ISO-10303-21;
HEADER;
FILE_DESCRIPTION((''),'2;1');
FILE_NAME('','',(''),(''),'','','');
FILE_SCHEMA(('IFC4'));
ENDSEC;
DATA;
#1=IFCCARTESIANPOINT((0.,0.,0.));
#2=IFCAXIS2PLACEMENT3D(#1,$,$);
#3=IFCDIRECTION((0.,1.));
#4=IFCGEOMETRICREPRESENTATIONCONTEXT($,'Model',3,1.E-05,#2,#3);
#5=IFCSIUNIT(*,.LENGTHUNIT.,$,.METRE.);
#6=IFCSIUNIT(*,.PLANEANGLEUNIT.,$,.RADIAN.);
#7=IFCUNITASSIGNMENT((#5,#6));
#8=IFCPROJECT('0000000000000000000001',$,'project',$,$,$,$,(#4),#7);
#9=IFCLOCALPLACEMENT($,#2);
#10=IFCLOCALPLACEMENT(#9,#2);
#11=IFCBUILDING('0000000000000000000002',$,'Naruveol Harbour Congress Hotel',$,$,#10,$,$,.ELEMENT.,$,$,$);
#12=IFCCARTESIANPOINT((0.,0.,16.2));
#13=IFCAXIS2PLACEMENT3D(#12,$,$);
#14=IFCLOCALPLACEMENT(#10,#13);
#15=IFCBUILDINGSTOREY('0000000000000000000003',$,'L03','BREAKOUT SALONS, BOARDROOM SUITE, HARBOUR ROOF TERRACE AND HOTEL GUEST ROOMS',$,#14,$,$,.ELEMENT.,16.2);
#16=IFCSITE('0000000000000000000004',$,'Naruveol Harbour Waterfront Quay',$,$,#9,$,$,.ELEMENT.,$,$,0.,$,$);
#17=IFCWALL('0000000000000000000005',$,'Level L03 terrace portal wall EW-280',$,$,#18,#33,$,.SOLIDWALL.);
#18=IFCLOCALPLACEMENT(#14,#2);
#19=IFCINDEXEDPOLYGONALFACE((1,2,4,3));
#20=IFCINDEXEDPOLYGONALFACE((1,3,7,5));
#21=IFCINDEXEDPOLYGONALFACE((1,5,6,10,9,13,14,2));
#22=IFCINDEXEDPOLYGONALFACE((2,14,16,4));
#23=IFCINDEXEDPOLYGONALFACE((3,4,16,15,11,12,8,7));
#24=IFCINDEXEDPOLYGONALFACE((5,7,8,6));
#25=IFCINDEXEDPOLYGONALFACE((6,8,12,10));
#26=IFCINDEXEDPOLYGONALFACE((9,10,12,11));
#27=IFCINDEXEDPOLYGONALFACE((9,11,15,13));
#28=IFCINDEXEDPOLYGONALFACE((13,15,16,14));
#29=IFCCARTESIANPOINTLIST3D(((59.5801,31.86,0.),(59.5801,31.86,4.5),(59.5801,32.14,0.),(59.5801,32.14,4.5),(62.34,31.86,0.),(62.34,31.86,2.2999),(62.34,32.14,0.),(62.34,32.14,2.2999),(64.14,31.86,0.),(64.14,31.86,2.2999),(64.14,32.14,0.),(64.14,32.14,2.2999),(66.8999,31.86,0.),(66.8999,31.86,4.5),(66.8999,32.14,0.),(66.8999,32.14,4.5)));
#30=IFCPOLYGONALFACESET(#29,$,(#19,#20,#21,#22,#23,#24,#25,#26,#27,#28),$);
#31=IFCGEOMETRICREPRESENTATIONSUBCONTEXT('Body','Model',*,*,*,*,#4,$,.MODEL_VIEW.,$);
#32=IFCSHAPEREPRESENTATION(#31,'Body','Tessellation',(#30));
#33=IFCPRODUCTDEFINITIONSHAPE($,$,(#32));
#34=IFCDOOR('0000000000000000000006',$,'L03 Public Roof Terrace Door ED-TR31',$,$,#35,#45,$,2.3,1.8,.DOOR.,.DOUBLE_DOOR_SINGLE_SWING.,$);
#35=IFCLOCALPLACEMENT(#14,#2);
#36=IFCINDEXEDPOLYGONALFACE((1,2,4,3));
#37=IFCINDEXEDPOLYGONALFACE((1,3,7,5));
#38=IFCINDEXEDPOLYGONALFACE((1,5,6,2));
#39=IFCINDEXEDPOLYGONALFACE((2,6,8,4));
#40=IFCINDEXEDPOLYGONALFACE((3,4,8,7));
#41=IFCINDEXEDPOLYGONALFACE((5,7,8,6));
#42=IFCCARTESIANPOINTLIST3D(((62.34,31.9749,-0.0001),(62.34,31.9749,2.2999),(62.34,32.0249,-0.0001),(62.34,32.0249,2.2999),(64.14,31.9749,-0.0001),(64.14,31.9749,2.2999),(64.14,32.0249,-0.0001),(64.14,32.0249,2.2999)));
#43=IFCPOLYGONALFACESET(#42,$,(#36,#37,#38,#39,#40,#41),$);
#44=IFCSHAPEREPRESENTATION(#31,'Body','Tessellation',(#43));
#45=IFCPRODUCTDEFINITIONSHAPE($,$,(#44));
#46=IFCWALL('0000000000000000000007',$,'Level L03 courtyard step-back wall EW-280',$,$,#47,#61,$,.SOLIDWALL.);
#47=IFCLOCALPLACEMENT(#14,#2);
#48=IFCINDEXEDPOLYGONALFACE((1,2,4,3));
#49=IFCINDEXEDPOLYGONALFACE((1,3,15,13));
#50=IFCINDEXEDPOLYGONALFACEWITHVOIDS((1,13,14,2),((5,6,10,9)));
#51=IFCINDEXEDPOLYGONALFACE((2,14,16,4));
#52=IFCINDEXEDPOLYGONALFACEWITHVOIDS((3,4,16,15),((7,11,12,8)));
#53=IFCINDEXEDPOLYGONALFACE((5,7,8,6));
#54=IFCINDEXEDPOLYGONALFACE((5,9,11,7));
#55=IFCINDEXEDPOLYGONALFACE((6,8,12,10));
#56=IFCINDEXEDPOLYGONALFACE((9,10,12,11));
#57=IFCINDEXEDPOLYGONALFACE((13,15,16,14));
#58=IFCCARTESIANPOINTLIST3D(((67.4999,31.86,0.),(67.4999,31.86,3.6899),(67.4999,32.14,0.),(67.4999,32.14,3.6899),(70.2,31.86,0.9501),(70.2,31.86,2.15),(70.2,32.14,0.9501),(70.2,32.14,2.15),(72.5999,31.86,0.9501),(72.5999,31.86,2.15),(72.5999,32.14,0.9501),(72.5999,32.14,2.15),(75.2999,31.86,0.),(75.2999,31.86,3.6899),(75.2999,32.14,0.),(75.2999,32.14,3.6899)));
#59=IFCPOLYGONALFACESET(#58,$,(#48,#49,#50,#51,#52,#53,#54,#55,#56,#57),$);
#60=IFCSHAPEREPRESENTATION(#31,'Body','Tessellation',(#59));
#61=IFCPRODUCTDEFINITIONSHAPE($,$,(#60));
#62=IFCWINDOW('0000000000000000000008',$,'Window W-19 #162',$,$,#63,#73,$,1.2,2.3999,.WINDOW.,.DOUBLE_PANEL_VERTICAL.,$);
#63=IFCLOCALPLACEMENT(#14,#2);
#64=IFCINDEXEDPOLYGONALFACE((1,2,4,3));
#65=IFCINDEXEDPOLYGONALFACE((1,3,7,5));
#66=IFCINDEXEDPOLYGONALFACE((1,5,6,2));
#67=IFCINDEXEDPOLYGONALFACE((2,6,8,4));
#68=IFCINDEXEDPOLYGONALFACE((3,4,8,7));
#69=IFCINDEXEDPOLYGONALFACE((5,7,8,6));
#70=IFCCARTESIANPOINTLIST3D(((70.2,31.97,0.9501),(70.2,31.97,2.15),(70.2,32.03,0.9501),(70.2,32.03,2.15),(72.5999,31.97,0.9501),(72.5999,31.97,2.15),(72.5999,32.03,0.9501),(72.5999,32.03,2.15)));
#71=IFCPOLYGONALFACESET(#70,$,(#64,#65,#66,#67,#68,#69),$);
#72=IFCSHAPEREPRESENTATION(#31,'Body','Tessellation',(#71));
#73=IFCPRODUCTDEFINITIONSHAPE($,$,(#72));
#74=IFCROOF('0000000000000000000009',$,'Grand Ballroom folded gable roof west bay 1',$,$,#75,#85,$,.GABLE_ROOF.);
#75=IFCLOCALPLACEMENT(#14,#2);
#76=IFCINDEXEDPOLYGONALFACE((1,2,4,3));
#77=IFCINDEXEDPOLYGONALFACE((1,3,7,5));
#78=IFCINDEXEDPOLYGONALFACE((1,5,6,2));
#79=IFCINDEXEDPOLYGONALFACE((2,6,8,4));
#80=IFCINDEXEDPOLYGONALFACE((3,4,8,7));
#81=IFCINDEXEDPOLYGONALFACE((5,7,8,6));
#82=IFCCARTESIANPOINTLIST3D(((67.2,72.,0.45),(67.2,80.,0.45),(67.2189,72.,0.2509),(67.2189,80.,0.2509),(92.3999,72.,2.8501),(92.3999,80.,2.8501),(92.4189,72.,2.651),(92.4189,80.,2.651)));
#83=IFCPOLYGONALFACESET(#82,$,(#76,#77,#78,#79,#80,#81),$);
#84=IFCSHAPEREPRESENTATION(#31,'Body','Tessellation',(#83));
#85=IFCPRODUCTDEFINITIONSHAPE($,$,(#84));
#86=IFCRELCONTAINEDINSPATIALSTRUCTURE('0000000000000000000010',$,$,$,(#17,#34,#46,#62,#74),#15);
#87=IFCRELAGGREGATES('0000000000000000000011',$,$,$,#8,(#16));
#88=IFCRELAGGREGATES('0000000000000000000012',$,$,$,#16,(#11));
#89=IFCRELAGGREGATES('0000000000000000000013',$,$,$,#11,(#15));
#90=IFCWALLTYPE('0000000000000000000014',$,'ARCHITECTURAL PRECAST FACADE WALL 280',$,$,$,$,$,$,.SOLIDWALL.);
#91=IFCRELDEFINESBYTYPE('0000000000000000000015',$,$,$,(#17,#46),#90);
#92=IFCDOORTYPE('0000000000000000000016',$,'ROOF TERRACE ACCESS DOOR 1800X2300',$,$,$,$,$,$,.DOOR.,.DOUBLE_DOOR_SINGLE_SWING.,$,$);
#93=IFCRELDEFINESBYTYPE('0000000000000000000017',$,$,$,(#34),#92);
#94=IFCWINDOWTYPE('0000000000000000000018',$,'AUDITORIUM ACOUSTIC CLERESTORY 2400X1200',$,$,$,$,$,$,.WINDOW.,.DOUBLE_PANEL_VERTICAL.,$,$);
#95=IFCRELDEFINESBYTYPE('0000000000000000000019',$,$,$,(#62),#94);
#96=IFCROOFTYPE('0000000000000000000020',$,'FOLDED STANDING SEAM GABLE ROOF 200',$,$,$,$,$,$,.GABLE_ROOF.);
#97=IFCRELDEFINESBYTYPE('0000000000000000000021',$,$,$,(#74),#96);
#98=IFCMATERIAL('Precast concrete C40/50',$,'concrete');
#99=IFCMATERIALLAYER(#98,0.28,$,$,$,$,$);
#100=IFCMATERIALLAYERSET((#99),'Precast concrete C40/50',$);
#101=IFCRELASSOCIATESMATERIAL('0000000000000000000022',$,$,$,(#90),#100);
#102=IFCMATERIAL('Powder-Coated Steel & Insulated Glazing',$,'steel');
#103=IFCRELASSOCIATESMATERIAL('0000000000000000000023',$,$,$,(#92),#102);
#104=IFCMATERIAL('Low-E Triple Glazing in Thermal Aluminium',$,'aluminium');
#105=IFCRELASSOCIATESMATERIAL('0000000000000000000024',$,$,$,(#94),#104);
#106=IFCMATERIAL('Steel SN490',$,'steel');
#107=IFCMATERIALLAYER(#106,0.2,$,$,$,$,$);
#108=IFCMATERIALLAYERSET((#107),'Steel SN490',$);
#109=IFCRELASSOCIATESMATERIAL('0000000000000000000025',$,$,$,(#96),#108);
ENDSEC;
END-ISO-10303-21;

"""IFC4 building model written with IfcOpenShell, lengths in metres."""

from ifc_helpers import new_model, si_unit, direction, frame, frame_2d, origin, place, context, subcontext, project, spatial, polyline, rectangle, outline, extrude, material, layer, layer_set, type_object, element, fill, save


model = new_model("IFC4")

# Units and contexts
model_context = context("Model", 3, precision=1e-05, world=origin(), true_north=direction((0.0, 1.0)))
body_context = subcontext(model_context, "Body", "Model", "MODEL_VIEW")
ifc_project = project(units=[si_unit("LENGTHUNIT", "METRE"), si_unit("PLANEANGLEUNIT", "RADIAN")], contexts=[model_context])

# Site, building, storey
site_placement = place(None, origin())
site = spatial("IfcSite", under=ifc_project, at=site_placement, Name="Naruveol Harbour Waterfront Quay", CompositionType="ELEMENT", RefElevation=0.0)
building_placement = place(site_placement, origin())
building = spatial("IfcBuilding", under=site, at=building_placement, Name="Naruveol Harbour Congress Hotel", CompositionType="ELEMENT")
storey_placement = place(building_placement, frame((0.0, 0.0, 16.2)))
storey = spatial("IfcBuildingStorey", under=building, at=storey_placement, Name="L03", Description="BREAKOUT SALONS, BOARDROOM SUITE, HARBOUR ROOF TERRACE AND HOTEL GUEST ROOMS", CompositionType="ELEMENT", Elevation=16.2)

# Wall, opening, door
ifc_material_1 = material(Name="Precast concrete C40/50", Category="concrete")
ifc_layer_1 = layer(ifc_material_1, 0.28)
ifc_layer_set_1 = layer_set([ifc_layer_1], Name="Precast concrete C40/50")
wall_type = type_object("IfcWallType", Name="ARCHITECTURAL PRECAST FACADE WALL 280", PredefinedType="SOLIDWALL", material=ifc_layer_set_1)
wall_1_placement = place(storey_placement, frame((59.5801, 32.0, 0.0), z_axis=(0.0, 0.0, 1.0), x_axis=(1.0, 0.0, 0.0)))
wall_1 = element("IfcWall", 1, at=wall_1_placement, inside=storey, type_object=wall_type, Name="Level L03 terrace portal wall EW-280", PredefinedType="SOLIDWALL", context=body_context, shape_type="SweptSolid", body=[
    extrude(rectangle(XDim=7.3198, YDim=0.28, at=frame_2d((3.6599, 0.0))), origin(), (0.0, 0.0, 1.0), 4.5),
])
opening_1_placement = place(wall_1_placement, frame((2.76, 0.0, 0.0)))
opening_1 = element("IfcOpeningElement", 2, at=opening_1_placement, cuts=wall_1, PredefinedType="OPENING", context=body_context, shape_type="SweptSolid", body=[
    extrude(rectangle(XDim=1.8, YDim=2.3, at=frame_2d((0.8999, 1.1499))), frame((0.0, 0.1499, 0.0), z_axis=(0.0, -1.0, 0.0), x_axis=(1.0, 0.0, 0.0)), (0.0, 0.0, 1.0), 0.3),
])
ifc_material_2 = material(Name="Powder-Coated Steel & Insulated Glazing", Category="steel")
door_type = type_object("IfcDoorType", Name="ROOF TERRACE ACCESS DOOR 1800X2300", OperationType="DOUBLE_DOOR_SINGLE_SWING", PredefinedType="DOOR", material=ifc_material_2)
door_placement = place(opening_1_placement, origin())
door = element("IfcDoor", 3, at=door_placement, inside=storey, type_object=door_type, Name="L03 Public Roof Terrace Door ED-TR31", OperationType="DOUBLE_DOOR_SINGLE_SWING", OverallHeight=2.3, OverallWidth=1.8, PredefinedType="DOOR", context=body_context, shape_type="SweptSolid", body=[
    extrude(rectangle(XDim=1.8, YDim=2.3, at=frame_2d((0.8999, 1.1499))), frame((0.0, 0.0249, 0.0), z_axis=(0.0, -1.0, 0.0), x_axis=(1.0, 0.0, 0.0)), (0.0, 0.0, 1.0), 0.05),
])
fill(opening_1, door)

# Wall, opening, window
wall_2_placement = place(storey_placement, frame((67.5, 32.0, 0.0), z_axis=(0.0, 0.0, 1.0), x_axis=(1.0, 0.0, 0.0)))
wall_2 = element("IfcWall", 4, at=wall_2_placement, inside=storey, type_object=wall_type, Name="Level L03 courtyard step-back wall EW-280", PredefinedType="SOLIDWALL", context=body_context, shape_type="SweptSolid", body=[
    extrude(rectangle(XDim=7.8, YDim=0.28, at=frame_2d((3.8999, 0.0))), origin(), (0.0, 0.0, 1.0), 3.6899),
])
opening_2_placement = place(wall_2_placement, frame((2.7, 0.0, 0.95)))
opening_2 = element("IfcOpeningElement", 5, at=opening_2_placement, cuts=wall_2, PredefinedType="OPENING", context=body_context, shape_type="SweptSolid", body=[
    extrude(rectangle(XDim=2.3999, YDim=1.2, at=frame_2d((1.2, 0.6001))), frame((0.0, 0.1499, 0.0), z_axis=(0.0, -1.0, 0.0), x_axis=(1.0, 0.0, 0.0)), (0.0, 0.0, 1.0), 0.3),
])
ifc_material_3 = material(Name="Low-E Triple Glazing in Thermal Aluminium", Category="aluminium")
window_type = type_object("IfcWindowType", Name="AUDITORIUM ACOUSTIC CLERESTORY 2400X1200", PartitioningType="DOUBLE_PANEL_VERTICAL", PredefinedType="WINDOW", material=ifc_material_3)
window_placement = place(opening_2_placement, origin())
window = element("IfcWindow", 6, at=window_placement, inside=storey, type_object=window_type, Name="Window W-19 #162", OverallHeight=1.2, OverallWidth=2.3999, PartitioningType="DOUBLE_PANEL_VERTICAL", PredefinedType="WINDOW", context=body_context, shape_type="SweptSolid", body=[
    extrude(rectangle(XDim=2.3999, YDim=1.2, at=frame_2d((1.2, 0.6001))), frame((0.0, 0.03, 0.0), z_axis=(0.0, -1.0, 0.0), x_axis=(1.0, 0.0, 0.0)), (0.0, 0.0, 1.0), 0.0601),
])
fill(opening_2, window)

# Roof
ifc_material_4 = material(Name="Steel SN490", Category="steel")
ifc_layer_2 = layer(ifc_material_4, 0.2)
ifc_layer_set_2 = layer_set([ifc_layer_2], Name="Steel SN490")
roof_type = type_object("IfcRoofType", Name="FOLDED STANDING SEAM GABLE ROOF 200", PredefinedType="GABLE_ROOF", material=ifc_layer_set_2)
roof_placement = place(storey_placement, frame((67.2, 72.0, 0.45), z_axis=(-0.094815, 0.0, 0.995495), x_axis=(0.995495, 0.0, 0.094815)))
element("IfcRoof", 7, at=roof_placement, inside=storey, type_object=roof_type, Name="Grand Ballroom folded gable roof west bay 1", PredefinedType="GABLE_ROOF", context=body_context, shape_type="SweptSolid", body=[
    extrude(outline(polyline([(0.0, 0.0), (25.314, 0.0), (25.314, 8.0), (0.0, 8.0), (0.0, 0.0)])), origin(), (0.0, 0.0, -1.0), 0.2),
])

save(model, "model.ifc")
